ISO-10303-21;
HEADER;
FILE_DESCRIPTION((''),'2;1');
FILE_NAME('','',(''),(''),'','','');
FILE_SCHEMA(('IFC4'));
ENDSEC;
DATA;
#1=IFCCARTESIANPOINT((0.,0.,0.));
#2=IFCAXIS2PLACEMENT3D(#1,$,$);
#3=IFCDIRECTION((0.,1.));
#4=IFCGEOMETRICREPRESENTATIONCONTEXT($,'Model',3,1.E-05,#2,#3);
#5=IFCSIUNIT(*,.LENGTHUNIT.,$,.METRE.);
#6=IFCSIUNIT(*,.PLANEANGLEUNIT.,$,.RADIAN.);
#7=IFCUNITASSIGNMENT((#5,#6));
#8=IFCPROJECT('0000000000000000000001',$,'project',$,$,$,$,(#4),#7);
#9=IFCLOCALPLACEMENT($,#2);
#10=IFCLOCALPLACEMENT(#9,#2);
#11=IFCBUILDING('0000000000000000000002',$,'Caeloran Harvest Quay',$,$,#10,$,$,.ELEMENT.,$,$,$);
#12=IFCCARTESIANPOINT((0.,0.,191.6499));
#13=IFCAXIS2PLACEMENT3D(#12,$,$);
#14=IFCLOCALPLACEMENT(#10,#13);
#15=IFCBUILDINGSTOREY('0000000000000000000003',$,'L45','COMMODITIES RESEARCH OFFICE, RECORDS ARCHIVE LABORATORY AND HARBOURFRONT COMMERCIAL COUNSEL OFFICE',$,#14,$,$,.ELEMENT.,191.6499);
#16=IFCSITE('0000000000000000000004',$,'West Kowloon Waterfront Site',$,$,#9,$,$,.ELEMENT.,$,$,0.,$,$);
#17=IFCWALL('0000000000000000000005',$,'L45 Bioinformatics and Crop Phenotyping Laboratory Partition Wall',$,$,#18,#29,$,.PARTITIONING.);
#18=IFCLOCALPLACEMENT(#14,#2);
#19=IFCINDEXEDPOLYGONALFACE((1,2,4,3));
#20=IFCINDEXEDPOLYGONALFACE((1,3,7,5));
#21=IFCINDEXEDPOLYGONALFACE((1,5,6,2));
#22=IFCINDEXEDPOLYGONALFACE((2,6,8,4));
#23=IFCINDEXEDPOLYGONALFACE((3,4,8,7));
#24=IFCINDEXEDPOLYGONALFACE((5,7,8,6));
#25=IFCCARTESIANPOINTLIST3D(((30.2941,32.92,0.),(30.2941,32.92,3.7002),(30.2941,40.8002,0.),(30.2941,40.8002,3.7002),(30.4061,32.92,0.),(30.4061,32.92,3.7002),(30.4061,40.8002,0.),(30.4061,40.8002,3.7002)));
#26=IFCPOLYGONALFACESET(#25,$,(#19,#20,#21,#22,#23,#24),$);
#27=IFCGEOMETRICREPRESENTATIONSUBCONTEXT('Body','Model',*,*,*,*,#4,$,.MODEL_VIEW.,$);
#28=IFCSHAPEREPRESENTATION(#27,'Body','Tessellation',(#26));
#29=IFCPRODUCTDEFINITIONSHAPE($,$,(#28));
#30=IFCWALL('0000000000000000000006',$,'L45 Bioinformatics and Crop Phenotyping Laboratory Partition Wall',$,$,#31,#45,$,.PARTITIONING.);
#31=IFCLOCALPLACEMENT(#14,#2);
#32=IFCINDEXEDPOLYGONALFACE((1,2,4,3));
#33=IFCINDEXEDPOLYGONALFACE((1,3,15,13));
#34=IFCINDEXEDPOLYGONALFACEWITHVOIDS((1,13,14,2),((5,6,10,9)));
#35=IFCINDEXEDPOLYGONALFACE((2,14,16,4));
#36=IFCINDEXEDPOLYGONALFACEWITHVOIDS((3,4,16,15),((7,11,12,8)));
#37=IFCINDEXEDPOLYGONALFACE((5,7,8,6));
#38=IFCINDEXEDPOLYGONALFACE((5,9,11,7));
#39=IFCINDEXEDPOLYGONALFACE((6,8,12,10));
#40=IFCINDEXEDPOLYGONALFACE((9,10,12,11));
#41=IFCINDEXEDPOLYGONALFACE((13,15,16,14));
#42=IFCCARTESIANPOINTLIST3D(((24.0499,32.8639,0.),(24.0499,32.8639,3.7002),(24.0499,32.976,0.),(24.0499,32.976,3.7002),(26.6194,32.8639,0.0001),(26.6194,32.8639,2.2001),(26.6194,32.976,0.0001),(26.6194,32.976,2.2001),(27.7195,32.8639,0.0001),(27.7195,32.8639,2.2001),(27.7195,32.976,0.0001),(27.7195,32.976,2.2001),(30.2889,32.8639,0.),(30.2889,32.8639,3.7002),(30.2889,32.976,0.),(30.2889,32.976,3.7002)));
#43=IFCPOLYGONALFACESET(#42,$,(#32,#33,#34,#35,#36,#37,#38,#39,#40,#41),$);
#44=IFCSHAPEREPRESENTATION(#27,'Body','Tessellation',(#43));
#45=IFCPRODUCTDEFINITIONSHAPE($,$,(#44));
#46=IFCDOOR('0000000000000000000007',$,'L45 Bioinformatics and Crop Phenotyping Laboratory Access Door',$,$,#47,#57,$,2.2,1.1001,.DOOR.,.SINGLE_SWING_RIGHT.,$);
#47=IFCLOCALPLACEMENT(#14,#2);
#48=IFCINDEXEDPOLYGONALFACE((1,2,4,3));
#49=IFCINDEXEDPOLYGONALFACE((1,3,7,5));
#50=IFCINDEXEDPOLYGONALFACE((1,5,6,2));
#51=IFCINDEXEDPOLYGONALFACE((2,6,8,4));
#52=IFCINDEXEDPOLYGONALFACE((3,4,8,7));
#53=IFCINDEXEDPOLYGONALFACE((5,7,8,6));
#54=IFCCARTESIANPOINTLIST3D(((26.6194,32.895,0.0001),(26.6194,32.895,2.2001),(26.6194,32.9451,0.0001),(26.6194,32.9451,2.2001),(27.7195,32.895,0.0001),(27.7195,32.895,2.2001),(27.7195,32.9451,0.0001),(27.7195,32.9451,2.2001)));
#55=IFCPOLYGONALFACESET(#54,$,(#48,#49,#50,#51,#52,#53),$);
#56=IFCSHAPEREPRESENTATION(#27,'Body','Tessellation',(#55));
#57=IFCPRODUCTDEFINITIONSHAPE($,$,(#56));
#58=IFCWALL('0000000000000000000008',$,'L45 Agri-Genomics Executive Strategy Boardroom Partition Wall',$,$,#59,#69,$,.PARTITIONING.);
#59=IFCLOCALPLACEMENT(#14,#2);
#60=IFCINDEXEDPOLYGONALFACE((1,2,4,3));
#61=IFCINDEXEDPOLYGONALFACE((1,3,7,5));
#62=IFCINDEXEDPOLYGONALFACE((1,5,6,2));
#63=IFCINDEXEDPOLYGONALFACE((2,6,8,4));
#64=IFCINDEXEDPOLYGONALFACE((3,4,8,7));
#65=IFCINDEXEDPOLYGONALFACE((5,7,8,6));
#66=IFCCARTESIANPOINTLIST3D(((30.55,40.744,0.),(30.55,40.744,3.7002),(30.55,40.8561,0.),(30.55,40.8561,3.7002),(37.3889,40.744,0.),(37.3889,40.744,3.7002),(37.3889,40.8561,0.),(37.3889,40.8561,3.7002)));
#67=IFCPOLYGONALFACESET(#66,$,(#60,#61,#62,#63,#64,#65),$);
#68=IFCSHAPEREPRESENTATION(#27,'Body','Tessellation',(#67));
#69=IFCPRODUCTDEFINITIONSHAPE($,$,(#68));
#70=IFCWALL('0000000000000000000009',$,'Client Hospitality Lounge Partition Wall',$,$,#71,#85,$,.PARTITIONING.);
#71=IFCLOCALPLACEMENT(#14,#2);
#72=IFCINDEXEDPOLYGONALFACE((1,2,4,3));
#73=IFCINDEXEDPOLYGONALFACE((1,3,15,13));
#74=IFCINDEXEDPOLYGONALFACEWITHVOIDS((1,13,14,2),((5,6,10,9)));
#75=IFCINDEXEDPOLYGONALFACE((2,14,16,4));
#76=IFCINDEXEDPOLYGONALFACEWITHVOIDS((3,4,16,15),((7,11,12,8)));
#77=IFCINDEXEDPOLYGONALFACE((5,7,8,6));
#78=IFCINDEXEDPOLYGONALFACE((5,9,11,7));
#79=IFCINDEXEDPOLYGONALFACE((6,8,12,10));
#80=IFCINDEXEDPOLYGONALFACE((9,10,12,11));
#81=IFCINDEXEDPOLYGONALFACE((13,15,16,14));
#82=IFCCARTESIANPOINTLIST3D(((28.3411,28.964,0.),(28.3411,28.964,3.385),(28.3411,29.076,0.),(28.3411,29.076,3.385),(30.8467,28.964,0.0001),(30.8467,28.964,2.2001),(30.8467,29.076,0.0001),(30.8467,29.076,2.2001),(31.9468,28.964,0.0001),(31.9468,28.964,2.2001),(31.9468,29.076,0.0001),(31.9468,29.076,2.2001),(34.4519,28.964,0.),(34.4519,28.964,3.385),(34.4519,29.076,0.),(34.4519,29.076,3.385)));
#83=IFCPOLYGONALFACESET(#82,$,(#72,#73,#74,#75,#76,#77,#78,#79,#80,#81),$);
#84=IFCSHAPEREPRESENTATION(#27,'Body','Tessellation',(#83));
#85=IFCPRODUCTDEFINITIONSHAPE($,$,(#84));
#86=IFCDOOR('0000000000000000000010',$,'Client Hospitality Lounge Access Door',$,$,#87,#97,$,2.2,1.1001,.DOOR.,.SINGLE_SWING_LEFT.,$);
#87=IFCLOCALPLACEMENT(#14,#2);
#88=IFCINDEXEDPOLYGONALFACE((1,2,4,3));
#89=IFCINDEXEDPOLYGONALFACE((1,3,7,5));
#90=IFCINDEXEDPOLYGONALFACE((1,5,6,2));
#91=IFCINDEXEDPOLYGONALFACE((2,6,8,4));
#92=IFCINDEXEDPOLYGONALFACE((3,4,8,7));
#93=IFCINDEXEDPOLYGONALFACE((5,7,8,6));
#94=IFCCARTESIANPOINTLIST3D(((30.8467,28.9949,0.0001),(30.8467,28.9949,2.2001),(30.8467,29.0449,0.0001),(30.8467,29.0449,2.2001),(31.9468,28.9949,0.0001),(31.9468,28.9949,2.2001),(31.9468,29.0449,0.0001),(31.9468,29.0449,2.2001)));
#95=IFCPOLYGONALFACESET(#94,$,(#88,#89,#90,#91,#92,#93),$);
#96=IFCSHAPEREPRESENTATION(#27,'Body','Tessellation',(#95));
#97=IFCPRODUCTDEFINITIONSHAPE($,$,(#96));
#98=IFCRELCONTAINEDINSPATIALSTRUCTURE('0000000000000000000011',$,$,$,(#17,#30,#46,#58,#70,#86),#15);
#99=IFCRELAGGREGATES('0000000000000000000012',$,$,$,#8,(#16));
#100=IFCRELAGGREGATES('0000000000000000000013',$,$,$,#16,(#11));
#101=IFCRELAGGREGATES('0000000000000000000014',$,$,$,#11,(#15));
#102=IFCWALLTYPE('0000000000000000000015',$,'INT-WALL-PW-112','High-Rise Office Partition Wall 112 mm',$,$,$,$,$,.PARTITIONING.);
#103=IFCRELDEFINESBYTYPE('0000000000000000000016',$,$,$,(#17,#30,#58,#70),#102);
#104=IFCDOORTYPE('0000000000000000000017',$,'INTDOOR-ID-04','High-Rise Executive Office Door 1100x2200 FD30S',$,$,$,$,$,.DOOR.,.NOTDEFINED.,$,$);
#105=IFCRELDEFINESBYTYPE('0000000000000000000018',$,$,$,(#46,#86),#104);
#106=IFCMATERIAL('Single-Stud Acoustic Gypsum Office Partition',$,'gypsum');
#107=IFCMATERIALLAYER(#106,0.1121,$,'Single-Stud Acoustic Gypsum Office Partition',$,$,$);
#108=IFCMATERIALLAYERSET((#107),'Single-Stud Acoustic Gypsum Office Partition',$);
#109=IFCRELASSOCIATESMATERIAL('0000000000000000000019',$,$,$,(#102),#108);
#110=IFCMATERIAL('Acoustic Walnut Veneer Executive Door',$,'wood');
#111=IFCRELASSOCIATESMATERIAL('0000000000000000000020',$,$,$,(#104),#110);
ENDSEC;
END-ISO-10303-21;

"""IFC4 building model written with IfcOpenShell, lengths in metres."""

from ifc_helpers import new_model, si_unit, direction, frame, frame_2d, origin, place, context, subcontext, project, spatial, rectangle, extrude, material, layer, layer_set, type_object, element, fill, save


model = new_model("IFC4")

# Units and contexts
model_context = context("Model", 3, precision=1e-05, world=origin(), true_north=direction((0.0, 1.0)))
body_context = subcontext(model_context, "Body", "Model", "MODEL_VIEW")
ifc_project = project(units=[si_unit("LENGTHUNIT", "METRE"), si_unit("PLANEANGLEUNIT", "RADIAN")], contexts=[model_context])

# Site, building, storey
site_placement = place(None, origin())
site = spatial("IfcSite", under=ifc_project, at=site_placement, Name="West Kowloon Waterfront Site", CompositionType="ELEMENT", RefElevation=0.0)
building_placement = place(site_placement, origin())
building = spatial("IfcBuilding", under=site, at=building_placement, Name="Caeloran Harvest Quay", CompositionType="ELEMENT")
storey_placement = place(building_placement, frame((0.0, 0.0, 191.6499)))
storey = spatial("IfcBuildingStorey", under=building, at=storey_placement, Name="L45", Description="COMMODITIES RESEARCH OFFICE, RECORDS ARCHIVE LABORATORY AND HARBOURFRONT COMMERCIAL COUNSEL OFFICE", CompositionType="ELEMENT", Elevation=191.6499)

# Wall
ifc_material_1 = material(Name="Single-Stud Acoustic Gypsum Office Partition", Category="gypsum")
ifc_layer = layer(ifc_material_1, 0.1121, Name="Single-Stud Acoustic Gypsum Office Partition")
ifc_layer_set = layer_set([ifc_layer], Name="Single-Stud Acoustic Gypsum Office Partition")
wall_type = type_object("IfcWallType", Name="INT-WALL-PW-112", Description="High-Rise Office Partition Wall 112 mm", PredefinedType="PARTITIONING", material=ifc_layer_set)
wall_1_placement = place(storey_placement, frame((30.3501, 40.8, 0.0), z_axis=(0.0, 0.0, 1.0), x_axis=(0.0, -1.0, 0.0)))
element("IfcWall", 1, at=wall_1_placement, inside=storey, type_object=wall_type, Name="L45 Bioinformatics and Crop Phenotyping Laboratory Partition Wall", PredefinedType="PARTITIONING", context=body_context, shape_type="SweptSolid", body=[
    extrude(rectangle(XDim=7.8801, YDim=0.1121, at=frame_2d((3.9399, 0.0))), origin(), (0.0, 0.0, 1.0), 3.7002),
])

# Wall, opening, door
wall_2_placement = place(storey_placement, frame((30.2891, 32.9199, 0.0), z_axis=(0.0, 0.0, 1.0), x_axis=(-1.0, 0.0, 0.0)))
wall_2 = element("IfcWall", 2, at=wall_2_placement, inside=storey, type_object=wall_type, Name="L45 Bioinformatics and Crop Phenotyping Laboratory Partition Wall", PredefinedType="PARTITIONING", context=body_context, shape_type="SweptSolid", body=[
    extrude(rectangle(XDim=6.239, YDim=0.1121, at=frame_2d((3.1196, 0.0))), origin(), (0.0, 0.0, 1.0), 3.7002),
])
opening_1_placement = place(wall_2_placement, frame((2.5696, 0.0, 0.0)))
opening_1 = element("IfcOpeningElement", 3, at=opening_1_placement, cuts=wall_2, PredefinedType="OPENING", context=body_context, shape_type="SweptSolid", body=[
    extrude(rectangle(XDim=1.1001, YDim=2.2, at=frame_2d((0.55, 1.1001))), frame((0.0, 0.0659, 0.0), z_axis=(0.0, -1.0, 0.0), x_axis=(1.0, 0.0, 0.0)), (0.0, 0.0, 1.0), 0.1321),
])
ifc_material_2 = material(Name="Acoustic Walnut Veneer Executive Door", Category="wood")
door_type = type_object("IfcDoorType", Name="INTDOOR-ID-04", Description="High-Rise Executive Office Door 1100x2200 FD30S", OperationType="NOTDEFINED", PredefinedType="DOOR", material=ifc_material_2)
door_1_placement = place(opening_1_placement, origin())
door_1 = element("IfcDoor", 4, at=door_1_placement, inside=storey, type_object=door_type, Name="L45 Bioinformatics and Crop Phenotyping Laboratory Access Door", OperationType="SINGLE_SWING_RIGHT", OverallHeight=2.2, OverallWidth=1.1001, PredefinedType="DOOR", context=body_context, shape_type="SweptSolid", body=[
    extrude(rectangle(XDim=1.1001, YDim=2.2, at=frame_2d((0.55, 1.1001))), frame((0.0, 0.0249, 0.0), z_axis=(0.0, -1.0, 0.0), x_axis=(1.0, 0.0, 0.0)), (0.0, 0.0, 1.0), 0.05),
])
fill(opening_1, door_1)

# Wall
wall_3_placement = place(storey_placement, frame((30.55, 40.8, 0.0), z_axis=(0.0, 0.0, 1.0), x_axis=(1.0, 0.0, 0.0)))
element("IfcWall", 5, at=wall_3_placement, inside=storey, type_object=wall_type, Name="L45 Agri-Genomics Executive Strategy Boardroom Partition Wall", PredefinedType="PARTITIONING", context=body_context, shape_type="SweptSolid", body=[
    extrude(rectangle(XDim=6.8389, YDim=0.1121, at=frame_2d((3.4194, 0.0))), origin(), (0.0, 0.0, 1.0), 3.7002),
])

# Wall, opening, door
wall_4_placement = place(storey_placement, frame((28.3411, 29.02, 0.0), z_axis=(0.0, 0.0, 1.0), x_axis=(1.0, 0.0, 0.0)))
wall_4 = element("IfcWall", 6, at=wall_4_placement, inside=storey, type_object=wall_type, Name="Client Hospitality Lounge Partition Wall", PredefinedType="PARTITIONING", context=body_context, shape_type="SweptSolid", body=[
    extrude(rectangle(XDim=6.1108, YDim=0.1121, at=frame_2d((3.0554, 0.0))), origin(), (0.0, 0.0, 1.0), 3.385),
])
opening_2_placement = place(wall_4_placement, frame((2.5056, 0.0, 0.0)))
opening_2 = element("IfcOpeningElement", 7, at=opening_2_placement, cuts=wall_4, PredefinedType="OPENING", context=body_context, shape_type="SweptSolid", body=[
    extrude(rectangle(XDim=1.1001, YDim=2.2, at=frame_2d((0.55, 1.1001))), frame((0.0, 0.0659, 0.0), z_axis=(0.0, -1.0, 0.0), x_axis=(1.0, 0.0, 0.0)), (0.0, 0.0, 1.0), 0.1321),
])
door_2_placement = place(opening_2_placement, origin())
door_2 = element("IfcDoor", 8, at=door_2_placement, inside=storey, type_object=door_type, Name="Client Hospitality Lounge Access Door", OperationType="SINGLE_SWING_LEFT", OverallHeight=2.2, OverallWidth=1.1001, PredefinedType="DOOR", context=body_context, shape_type="SweptSolid", body=[
    extrude(rectangle(XDim=1.1001, YDim=2.2, at=frame_2d((0.55, 1.1001))), frame((0.0, 0.0249, 0.0), z_axis=(0.0, -1.0, 0.0), x_axis=(1.0, 0.0, 0.0)), (0.0, 0.0, 1.0), 0.05),
])
fill(opening_2, door_2)

save(model, "model.ifc")
